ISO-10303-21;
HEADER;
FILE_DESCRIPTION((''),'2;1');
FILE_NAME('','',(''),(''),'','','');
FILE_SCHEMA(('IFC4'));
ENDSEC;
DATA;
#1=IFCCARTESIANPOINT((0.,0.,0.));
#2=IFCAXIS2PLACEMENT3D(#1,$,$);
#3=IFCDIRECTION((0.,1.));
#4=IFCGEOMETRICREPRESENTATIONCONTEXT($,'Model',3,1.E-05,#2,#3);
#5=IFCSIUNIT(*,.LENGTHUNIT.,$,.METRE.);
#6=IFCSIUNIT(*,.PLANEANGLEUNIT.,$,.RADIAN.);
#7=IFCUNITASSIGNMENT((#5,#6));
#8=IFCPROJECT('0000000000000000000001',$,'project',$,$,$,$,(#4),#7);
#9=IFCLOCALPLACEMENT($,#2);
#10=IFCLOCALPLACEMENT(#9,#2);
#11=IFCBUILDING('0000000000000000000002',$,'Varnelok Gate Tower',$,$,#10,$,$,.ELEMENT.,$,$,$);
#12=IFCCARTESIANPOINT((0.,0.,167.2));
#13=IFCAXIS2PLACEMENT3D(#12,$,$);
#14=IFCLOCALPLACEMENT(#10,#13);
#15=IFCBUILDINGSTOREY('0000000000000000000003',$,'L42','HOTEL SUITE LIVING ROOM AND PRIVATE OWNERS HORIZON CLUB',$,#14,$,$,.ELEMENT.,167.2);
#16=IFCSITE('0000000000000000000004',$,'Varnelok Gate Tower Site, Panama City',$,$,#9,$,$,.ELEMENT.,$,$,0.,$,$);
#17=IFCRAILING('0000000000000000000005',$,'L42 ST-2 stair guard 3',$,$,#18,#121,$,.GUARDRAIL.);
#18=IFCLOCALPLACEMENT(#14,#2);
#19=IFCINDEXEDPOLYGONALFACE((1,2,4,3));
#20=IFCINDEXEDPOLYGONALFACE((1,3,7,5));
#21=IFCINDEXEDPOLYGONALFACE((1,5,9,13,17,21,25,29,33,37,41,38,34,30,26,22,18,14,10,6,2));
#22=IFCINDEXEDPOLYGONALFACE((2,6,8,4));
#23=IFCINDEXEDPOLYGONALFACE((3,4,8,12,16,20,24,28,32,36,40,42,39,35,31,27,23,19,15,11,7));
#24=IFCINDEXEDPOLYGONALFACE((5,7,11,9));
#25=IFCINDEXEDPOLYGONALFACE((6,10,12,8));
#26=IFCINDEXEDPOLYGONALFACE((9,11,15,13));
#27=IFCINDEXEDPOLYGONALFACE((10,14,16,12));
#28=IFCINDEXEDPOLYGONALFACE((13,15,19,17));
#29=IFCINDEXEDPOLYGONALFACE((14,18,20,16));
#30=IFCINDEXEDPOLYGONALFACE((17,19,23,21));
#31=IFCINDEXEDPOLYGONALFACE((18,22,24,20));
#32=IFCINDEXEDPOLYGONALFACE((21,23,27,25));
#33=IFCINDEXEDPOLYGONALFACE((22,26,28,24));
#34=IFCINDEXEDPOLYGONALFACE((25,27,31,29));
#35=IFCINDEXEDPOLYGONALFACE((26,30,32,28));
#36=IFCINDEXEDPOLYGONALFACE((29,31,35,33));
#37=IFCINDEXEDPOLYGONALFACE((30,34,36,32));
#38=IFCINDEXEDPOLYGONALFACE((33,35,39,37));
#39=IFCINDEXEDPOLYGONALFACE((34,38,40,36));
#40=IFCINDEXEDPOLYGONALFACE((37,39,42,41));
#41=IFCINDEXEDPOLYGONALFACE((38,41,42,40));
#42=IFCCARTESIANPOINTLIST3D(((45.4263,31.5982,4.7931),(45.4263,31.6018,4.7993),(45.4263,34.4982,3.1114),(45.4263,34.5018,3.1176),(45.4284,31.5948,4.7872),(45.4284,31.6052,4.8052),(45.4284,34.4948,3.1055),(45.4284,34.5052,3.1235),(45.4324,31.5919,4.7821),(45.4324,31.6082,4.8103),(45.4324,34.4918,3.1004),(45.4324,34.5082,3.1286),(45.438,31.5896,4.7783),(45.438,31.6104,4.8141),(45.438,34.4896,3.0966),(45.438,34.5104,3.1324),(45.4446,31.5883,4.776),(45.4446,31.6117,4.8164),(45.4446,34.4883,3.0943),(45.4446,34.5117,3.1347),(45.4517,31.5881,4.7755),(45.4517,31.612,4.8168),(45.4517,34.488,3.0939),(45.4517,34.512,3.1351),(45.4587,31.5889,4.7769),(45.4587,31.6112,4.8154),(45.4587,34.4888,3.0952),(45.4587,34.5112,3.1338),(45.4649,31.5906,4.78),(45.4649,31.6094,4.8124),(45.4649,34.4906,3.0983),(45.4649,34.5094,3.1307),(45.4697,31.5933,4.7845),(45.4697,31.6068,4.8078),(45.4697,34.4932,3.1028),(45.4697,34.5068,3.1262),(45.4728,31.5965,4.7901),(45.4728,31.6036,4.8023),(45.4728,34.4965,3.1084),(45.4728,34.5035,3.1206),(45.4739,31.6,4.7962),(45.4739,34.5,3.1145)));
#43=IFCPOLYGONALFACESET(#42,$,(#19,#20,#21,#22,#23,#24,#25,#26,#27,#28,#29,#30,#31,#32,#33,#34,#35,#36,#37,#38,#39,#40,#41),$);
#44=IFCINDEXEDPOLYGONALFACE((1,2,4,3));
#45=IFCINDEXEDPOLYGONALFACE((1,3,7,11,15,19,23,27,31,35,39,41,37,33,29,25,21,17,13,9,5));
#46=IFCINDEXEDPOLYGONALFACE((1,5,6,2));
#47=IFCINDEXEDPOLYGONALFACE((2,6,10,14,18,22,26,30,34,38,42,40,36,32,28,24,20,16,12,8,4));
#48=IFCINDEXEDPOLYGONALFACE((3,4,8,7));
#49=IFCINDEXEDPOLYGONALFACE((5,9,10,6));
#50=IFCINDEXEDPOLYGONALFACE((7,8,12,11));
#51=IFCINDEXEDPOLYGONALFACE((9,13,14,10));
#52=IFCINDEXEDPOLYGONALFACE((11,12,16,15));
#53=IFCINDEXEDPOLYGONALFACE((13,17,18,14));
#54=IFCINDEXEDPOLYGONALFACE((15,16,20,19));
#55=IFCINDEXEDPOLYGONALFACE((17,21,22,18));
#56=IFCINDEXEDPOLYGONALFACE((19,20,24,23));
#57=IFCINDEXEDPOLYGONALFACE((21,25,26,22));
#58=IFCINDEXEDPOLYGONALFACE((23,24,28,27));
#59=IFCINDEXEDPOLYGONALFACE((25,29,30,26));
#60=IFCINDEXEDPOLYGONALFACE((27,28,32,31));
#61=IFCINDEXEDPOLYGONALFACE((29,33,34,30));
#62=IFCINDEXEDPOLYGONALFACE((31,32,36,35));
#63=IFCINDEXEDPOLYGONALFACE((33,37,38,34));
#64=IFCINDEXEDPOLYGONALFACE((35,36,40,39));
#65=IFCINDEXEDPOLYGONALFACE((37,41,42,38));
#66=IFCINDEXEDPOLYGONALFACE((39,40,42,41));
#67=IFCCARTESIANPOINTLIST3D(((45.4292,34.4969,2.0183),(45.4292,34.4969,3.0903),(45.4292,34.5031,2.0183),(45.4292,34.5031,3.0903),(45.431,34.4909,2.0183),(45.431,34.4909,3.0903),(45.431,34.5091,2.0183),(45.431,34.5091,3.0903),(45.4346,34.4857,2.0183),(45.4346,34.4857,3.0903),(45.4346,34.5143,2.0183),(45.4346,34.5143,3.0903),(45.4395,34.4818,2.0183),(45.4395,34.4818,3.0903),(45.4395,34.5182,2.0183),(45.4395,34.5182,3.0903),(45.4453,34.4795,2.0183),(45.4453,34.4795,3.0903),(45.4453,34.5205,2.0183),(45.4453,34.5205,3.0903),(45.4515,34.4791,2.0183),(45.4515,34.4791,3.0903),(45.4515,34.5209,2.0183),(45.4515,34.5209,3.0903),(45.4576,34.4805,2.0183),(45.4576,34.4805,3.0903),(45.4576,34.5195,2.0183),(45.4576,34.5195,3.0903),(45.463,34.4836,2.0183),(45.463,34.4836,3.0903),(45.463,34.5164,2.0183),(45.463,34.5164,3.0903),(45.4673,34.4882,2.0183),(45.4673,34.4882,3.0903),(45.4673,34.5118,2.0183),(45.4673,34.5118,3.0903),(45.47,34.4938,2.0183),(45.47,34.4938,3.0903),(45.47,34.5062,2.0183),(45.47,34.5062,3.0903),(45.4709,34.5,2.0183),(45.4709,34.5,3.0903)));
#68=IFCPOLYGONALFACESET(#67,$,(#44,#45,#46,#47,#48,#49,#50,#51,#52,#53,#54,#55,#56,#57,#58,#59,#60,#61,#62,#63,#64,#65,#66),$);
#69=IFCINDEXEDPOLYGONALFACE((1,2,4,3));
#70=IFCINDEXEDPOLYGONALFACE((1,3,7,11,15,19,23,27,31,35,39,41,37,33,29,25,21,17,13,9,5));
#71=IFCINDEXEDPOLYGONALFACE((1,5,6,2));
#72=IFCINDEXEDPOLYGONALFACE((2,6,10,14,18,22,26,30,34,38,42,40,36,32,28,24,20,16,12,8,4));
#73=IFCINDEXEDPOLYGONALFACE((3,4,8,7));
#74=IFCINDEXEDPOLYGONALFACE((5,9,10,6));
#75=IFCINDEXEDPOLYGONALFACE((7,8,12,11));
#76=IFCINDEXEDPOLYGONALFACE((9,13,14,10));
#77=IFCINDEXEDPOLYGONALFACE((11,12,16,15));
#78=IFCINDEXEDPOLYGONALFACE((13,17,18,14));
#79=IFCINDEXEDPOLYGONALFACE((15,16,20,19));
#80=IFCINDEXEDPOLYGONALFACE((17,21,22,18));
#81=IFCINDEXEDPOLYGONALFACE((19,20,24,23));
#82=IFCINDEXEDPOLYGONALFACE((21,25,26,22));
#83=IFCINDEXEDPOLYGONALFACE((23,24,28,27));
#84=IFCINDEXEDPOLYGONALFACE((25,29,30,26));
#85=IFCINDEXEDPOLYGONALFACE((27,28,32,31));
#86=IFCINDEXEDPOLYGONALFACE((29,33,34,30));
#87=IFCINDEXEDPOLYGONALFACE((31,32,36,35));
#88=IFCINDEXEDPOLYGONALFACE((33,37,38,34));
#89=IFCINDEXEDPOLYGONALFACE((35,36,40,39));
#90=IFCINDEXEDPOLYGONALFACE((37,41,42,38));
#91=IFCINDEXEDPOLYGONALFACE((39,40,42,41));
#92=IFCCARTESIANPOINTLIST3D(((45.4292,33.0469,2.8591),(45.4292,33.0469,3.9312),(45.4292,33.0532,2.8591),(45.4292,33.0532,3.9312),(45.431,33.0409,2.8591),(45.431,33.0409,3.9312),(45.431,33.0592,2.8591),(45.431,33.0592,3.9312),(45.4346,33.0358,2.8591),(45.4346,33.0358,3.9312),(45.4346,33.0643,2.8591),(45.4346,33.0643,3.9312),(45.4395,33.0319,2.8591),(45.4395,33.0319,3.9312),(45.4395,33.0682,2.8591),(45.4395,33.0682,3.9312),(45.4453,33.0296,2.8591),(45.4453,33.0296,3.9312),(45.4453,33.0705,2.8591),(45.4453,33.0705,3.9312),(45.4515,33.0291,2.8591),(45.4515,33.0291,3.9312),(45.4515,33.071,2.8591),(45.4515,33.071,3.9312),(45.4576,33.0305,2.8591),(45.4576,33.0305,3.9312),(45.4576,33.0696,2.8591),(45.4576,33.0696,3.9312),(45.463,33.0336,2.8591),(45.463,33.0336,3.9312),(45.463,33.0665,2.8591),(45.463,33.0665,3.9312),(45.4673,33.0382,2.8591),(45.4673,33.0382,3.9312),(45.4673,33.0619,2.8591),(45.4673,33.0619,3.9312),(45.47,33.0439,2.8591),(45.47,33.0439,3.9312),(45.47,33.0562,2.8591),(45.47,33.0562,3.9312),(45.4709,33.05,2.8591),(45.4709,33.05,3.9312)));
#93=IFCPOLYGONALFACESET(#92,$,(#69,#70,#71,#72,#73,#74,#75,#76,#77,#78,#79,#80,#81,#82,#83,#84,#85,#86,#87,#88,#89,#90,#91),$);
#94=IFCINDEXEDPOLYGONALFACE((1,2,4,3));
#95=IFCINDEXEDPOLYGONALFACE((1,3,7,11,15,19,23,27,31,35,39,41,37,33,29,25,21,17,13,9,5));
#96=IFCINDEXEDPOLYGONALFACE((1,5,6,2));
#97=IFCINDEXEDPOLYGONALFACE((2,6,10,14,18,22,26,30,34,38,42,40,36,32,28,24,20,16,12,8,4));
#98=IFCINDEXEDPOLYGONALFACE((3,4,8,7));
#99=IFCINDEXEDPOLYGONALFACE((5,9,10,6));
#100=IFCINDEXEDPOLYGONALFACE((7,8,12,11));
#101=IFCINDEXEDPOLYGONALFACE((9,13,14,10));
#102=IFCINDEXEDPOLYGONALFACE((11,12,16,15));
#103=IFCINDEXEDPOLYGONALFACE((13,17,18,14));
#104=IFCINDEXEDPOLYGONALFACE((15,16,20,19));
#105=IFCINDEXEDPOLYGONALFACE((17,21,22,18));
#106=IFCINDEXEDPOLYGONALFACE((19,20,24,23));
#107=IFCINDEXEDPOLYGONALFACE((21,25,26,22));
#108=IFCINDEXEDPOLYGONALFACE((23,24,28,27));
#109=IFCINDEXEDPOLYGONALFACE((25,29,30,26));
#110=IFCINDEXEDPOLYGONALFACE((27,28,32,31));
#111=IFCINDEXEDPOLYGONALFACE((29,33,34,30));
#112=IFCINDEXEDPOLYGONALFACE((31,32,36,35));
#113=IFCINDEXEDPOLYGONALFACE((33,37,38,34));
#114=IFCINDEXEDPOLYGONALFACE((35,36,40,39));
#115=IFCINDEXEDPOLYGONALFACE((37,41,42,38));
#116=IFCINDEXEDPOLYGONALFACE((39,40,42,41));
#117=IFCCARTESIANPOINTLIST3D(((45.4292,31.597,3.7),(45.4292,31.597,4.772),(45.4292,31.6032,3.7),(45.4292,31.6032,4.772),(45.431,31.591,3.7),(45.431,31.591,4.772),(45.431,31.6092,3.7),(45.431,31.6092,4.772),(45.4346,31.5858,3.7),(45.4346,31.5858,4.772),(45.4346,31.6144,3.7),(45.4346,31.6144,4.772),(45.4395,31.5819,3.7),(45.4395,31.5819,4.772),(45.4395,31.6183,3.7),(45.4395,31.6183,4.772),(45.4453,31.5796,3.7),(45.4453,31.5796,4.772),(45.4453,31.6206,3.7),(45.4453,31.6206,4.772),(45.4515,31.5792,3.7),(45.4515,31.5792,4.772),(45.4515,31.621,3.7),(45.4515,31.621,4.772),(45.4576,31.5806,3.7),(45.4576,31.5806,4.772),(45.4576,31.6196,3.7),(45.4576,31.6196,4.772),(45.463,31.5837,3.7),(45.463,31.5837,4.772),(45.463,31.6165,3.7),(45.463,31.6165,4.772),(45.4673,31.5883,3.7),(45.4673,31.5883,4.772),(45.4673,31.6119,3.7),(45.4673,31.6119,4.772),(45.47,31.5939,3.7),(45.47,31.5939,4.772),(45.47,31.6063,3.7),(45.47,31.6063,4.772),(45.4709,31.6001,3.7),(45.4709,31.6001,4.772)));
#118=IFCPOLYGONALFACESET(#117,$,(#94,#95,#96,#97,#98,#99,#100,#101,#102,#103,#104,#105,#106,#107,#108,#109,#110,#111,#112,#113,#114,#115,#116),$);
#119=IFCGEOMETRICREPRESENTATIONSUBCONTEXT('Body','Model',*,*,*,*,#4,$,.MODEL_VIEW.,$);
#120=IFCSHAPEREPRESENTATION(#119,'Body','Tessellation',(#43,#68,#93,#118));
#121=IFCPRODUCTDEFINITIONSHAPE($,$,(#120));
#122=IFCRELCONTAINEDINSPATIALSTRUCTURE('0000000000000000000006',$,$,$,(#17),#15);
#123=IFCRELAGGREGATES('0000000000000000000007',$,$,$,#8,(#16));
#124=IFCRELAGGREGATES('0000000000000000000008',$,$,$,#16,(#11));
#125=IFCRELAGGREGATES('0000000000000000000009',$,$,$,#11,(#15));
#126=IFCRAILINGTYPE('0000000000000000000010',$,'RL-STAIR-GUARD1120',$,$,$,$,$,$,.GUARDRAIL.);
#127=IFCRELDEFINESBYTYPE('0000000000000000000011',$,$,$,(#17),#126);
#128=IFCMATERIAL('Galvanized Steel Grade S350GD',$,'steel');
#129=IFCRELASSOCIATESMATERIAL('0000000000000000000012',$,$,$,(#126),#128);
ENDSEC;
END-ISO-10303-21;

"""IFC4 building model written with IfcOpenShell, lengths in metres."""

from ifc_helpers import new_model, si_unit, direction, frame, origin, origin_2d, place, context, subcontext, project, spatial, circle, extrude, material, type_object, element, save


model = new_model("IFC4")

# Units and contexts
model_context = context("Model", 3, precision=1e-05, world=origin(), true_north=direction((0.0, 1.0)))
body_context = subcontext(model_context, "Body", "Model", "MODEL_VIEW")
ifc_project = project(units=[si_unit("LENGTHUNIT", "METRE"), si_unit("PLANEANGLEUNIT", "RADIAN")], contexts=[model_context])

# Site, building, storey
site_placement = place(None, origin())
site = spatial("IfcSite", under=ifc_project, at=site_placement, Name="Varnelok Gate Tower Site, Panama City", CompositionType="ELEMENT", RefElevation=0.0)
building_placement = place(site_placement, origin())
building = spatial("IfcBuilding", under=site, at=building_placement, Name="Varnelok Gate Tower", CompositionType="ELEMENT")
storey_placement = place(building_placement, frame((0.0, 0.0, 167.2)))
storey = spatial("IfcBuildingStorey", under=building, at=storey_placement, Name="L42", Description="HOTEL SUITE LIVING ROOM AND PRIVATE OWNERS HORIZON CLUB", CompositionType="ELEMENT", Elevation=167.2)

# Shared definitions
ifc_material_1 = material(Name="Galvanized Steel Grade S350GD", Category="steel")

# Railing
railing_type_1 = type_object("IfcRailingType", Name="RL-STAIR-GUARD1120", PredefinedType="GUARDRAIL", material=ifc_material_1)
railing_1_placement = place(storey_placement, frame((45.45, 34.5, 2.0183)))
element("IfcRailing", 1, at=railing_1_placement, inside=storey, type_object=railing_type_1, Name="L42 ST-2 stair guard 3", PredefinedType="GUARDRAIL", context=body_context, shape_type="SweptSolid", body=[
    extrude(circle(Radius=0.0239, at=origin_2d()), frame((0.0, 0.0, 1.0962), z_axis=(0.0, -0.86507, 0.501651), x_axis=(1.0, 0.0, 0.0)), (0.0, 0.0, 1.0), 3.3523),
    extrude(circle(Radius=0.021, at=origin_2d()), origin(), (0.0, 0.0, 1.0), 1.072),
    extrude(circle(Radius=0.021, at=origin_2d()), frame((0.0, -1.45, 0.8408)), (0.0, 0.0, 1.0), 1.072),
    extrude(circle(Radius=0.021, at=origin_2d()), frame((0.0, -2.8999, 1.6816)), (0.0, 0.0, 1.0), 1.072),
])

save(model, "model.ifc")
